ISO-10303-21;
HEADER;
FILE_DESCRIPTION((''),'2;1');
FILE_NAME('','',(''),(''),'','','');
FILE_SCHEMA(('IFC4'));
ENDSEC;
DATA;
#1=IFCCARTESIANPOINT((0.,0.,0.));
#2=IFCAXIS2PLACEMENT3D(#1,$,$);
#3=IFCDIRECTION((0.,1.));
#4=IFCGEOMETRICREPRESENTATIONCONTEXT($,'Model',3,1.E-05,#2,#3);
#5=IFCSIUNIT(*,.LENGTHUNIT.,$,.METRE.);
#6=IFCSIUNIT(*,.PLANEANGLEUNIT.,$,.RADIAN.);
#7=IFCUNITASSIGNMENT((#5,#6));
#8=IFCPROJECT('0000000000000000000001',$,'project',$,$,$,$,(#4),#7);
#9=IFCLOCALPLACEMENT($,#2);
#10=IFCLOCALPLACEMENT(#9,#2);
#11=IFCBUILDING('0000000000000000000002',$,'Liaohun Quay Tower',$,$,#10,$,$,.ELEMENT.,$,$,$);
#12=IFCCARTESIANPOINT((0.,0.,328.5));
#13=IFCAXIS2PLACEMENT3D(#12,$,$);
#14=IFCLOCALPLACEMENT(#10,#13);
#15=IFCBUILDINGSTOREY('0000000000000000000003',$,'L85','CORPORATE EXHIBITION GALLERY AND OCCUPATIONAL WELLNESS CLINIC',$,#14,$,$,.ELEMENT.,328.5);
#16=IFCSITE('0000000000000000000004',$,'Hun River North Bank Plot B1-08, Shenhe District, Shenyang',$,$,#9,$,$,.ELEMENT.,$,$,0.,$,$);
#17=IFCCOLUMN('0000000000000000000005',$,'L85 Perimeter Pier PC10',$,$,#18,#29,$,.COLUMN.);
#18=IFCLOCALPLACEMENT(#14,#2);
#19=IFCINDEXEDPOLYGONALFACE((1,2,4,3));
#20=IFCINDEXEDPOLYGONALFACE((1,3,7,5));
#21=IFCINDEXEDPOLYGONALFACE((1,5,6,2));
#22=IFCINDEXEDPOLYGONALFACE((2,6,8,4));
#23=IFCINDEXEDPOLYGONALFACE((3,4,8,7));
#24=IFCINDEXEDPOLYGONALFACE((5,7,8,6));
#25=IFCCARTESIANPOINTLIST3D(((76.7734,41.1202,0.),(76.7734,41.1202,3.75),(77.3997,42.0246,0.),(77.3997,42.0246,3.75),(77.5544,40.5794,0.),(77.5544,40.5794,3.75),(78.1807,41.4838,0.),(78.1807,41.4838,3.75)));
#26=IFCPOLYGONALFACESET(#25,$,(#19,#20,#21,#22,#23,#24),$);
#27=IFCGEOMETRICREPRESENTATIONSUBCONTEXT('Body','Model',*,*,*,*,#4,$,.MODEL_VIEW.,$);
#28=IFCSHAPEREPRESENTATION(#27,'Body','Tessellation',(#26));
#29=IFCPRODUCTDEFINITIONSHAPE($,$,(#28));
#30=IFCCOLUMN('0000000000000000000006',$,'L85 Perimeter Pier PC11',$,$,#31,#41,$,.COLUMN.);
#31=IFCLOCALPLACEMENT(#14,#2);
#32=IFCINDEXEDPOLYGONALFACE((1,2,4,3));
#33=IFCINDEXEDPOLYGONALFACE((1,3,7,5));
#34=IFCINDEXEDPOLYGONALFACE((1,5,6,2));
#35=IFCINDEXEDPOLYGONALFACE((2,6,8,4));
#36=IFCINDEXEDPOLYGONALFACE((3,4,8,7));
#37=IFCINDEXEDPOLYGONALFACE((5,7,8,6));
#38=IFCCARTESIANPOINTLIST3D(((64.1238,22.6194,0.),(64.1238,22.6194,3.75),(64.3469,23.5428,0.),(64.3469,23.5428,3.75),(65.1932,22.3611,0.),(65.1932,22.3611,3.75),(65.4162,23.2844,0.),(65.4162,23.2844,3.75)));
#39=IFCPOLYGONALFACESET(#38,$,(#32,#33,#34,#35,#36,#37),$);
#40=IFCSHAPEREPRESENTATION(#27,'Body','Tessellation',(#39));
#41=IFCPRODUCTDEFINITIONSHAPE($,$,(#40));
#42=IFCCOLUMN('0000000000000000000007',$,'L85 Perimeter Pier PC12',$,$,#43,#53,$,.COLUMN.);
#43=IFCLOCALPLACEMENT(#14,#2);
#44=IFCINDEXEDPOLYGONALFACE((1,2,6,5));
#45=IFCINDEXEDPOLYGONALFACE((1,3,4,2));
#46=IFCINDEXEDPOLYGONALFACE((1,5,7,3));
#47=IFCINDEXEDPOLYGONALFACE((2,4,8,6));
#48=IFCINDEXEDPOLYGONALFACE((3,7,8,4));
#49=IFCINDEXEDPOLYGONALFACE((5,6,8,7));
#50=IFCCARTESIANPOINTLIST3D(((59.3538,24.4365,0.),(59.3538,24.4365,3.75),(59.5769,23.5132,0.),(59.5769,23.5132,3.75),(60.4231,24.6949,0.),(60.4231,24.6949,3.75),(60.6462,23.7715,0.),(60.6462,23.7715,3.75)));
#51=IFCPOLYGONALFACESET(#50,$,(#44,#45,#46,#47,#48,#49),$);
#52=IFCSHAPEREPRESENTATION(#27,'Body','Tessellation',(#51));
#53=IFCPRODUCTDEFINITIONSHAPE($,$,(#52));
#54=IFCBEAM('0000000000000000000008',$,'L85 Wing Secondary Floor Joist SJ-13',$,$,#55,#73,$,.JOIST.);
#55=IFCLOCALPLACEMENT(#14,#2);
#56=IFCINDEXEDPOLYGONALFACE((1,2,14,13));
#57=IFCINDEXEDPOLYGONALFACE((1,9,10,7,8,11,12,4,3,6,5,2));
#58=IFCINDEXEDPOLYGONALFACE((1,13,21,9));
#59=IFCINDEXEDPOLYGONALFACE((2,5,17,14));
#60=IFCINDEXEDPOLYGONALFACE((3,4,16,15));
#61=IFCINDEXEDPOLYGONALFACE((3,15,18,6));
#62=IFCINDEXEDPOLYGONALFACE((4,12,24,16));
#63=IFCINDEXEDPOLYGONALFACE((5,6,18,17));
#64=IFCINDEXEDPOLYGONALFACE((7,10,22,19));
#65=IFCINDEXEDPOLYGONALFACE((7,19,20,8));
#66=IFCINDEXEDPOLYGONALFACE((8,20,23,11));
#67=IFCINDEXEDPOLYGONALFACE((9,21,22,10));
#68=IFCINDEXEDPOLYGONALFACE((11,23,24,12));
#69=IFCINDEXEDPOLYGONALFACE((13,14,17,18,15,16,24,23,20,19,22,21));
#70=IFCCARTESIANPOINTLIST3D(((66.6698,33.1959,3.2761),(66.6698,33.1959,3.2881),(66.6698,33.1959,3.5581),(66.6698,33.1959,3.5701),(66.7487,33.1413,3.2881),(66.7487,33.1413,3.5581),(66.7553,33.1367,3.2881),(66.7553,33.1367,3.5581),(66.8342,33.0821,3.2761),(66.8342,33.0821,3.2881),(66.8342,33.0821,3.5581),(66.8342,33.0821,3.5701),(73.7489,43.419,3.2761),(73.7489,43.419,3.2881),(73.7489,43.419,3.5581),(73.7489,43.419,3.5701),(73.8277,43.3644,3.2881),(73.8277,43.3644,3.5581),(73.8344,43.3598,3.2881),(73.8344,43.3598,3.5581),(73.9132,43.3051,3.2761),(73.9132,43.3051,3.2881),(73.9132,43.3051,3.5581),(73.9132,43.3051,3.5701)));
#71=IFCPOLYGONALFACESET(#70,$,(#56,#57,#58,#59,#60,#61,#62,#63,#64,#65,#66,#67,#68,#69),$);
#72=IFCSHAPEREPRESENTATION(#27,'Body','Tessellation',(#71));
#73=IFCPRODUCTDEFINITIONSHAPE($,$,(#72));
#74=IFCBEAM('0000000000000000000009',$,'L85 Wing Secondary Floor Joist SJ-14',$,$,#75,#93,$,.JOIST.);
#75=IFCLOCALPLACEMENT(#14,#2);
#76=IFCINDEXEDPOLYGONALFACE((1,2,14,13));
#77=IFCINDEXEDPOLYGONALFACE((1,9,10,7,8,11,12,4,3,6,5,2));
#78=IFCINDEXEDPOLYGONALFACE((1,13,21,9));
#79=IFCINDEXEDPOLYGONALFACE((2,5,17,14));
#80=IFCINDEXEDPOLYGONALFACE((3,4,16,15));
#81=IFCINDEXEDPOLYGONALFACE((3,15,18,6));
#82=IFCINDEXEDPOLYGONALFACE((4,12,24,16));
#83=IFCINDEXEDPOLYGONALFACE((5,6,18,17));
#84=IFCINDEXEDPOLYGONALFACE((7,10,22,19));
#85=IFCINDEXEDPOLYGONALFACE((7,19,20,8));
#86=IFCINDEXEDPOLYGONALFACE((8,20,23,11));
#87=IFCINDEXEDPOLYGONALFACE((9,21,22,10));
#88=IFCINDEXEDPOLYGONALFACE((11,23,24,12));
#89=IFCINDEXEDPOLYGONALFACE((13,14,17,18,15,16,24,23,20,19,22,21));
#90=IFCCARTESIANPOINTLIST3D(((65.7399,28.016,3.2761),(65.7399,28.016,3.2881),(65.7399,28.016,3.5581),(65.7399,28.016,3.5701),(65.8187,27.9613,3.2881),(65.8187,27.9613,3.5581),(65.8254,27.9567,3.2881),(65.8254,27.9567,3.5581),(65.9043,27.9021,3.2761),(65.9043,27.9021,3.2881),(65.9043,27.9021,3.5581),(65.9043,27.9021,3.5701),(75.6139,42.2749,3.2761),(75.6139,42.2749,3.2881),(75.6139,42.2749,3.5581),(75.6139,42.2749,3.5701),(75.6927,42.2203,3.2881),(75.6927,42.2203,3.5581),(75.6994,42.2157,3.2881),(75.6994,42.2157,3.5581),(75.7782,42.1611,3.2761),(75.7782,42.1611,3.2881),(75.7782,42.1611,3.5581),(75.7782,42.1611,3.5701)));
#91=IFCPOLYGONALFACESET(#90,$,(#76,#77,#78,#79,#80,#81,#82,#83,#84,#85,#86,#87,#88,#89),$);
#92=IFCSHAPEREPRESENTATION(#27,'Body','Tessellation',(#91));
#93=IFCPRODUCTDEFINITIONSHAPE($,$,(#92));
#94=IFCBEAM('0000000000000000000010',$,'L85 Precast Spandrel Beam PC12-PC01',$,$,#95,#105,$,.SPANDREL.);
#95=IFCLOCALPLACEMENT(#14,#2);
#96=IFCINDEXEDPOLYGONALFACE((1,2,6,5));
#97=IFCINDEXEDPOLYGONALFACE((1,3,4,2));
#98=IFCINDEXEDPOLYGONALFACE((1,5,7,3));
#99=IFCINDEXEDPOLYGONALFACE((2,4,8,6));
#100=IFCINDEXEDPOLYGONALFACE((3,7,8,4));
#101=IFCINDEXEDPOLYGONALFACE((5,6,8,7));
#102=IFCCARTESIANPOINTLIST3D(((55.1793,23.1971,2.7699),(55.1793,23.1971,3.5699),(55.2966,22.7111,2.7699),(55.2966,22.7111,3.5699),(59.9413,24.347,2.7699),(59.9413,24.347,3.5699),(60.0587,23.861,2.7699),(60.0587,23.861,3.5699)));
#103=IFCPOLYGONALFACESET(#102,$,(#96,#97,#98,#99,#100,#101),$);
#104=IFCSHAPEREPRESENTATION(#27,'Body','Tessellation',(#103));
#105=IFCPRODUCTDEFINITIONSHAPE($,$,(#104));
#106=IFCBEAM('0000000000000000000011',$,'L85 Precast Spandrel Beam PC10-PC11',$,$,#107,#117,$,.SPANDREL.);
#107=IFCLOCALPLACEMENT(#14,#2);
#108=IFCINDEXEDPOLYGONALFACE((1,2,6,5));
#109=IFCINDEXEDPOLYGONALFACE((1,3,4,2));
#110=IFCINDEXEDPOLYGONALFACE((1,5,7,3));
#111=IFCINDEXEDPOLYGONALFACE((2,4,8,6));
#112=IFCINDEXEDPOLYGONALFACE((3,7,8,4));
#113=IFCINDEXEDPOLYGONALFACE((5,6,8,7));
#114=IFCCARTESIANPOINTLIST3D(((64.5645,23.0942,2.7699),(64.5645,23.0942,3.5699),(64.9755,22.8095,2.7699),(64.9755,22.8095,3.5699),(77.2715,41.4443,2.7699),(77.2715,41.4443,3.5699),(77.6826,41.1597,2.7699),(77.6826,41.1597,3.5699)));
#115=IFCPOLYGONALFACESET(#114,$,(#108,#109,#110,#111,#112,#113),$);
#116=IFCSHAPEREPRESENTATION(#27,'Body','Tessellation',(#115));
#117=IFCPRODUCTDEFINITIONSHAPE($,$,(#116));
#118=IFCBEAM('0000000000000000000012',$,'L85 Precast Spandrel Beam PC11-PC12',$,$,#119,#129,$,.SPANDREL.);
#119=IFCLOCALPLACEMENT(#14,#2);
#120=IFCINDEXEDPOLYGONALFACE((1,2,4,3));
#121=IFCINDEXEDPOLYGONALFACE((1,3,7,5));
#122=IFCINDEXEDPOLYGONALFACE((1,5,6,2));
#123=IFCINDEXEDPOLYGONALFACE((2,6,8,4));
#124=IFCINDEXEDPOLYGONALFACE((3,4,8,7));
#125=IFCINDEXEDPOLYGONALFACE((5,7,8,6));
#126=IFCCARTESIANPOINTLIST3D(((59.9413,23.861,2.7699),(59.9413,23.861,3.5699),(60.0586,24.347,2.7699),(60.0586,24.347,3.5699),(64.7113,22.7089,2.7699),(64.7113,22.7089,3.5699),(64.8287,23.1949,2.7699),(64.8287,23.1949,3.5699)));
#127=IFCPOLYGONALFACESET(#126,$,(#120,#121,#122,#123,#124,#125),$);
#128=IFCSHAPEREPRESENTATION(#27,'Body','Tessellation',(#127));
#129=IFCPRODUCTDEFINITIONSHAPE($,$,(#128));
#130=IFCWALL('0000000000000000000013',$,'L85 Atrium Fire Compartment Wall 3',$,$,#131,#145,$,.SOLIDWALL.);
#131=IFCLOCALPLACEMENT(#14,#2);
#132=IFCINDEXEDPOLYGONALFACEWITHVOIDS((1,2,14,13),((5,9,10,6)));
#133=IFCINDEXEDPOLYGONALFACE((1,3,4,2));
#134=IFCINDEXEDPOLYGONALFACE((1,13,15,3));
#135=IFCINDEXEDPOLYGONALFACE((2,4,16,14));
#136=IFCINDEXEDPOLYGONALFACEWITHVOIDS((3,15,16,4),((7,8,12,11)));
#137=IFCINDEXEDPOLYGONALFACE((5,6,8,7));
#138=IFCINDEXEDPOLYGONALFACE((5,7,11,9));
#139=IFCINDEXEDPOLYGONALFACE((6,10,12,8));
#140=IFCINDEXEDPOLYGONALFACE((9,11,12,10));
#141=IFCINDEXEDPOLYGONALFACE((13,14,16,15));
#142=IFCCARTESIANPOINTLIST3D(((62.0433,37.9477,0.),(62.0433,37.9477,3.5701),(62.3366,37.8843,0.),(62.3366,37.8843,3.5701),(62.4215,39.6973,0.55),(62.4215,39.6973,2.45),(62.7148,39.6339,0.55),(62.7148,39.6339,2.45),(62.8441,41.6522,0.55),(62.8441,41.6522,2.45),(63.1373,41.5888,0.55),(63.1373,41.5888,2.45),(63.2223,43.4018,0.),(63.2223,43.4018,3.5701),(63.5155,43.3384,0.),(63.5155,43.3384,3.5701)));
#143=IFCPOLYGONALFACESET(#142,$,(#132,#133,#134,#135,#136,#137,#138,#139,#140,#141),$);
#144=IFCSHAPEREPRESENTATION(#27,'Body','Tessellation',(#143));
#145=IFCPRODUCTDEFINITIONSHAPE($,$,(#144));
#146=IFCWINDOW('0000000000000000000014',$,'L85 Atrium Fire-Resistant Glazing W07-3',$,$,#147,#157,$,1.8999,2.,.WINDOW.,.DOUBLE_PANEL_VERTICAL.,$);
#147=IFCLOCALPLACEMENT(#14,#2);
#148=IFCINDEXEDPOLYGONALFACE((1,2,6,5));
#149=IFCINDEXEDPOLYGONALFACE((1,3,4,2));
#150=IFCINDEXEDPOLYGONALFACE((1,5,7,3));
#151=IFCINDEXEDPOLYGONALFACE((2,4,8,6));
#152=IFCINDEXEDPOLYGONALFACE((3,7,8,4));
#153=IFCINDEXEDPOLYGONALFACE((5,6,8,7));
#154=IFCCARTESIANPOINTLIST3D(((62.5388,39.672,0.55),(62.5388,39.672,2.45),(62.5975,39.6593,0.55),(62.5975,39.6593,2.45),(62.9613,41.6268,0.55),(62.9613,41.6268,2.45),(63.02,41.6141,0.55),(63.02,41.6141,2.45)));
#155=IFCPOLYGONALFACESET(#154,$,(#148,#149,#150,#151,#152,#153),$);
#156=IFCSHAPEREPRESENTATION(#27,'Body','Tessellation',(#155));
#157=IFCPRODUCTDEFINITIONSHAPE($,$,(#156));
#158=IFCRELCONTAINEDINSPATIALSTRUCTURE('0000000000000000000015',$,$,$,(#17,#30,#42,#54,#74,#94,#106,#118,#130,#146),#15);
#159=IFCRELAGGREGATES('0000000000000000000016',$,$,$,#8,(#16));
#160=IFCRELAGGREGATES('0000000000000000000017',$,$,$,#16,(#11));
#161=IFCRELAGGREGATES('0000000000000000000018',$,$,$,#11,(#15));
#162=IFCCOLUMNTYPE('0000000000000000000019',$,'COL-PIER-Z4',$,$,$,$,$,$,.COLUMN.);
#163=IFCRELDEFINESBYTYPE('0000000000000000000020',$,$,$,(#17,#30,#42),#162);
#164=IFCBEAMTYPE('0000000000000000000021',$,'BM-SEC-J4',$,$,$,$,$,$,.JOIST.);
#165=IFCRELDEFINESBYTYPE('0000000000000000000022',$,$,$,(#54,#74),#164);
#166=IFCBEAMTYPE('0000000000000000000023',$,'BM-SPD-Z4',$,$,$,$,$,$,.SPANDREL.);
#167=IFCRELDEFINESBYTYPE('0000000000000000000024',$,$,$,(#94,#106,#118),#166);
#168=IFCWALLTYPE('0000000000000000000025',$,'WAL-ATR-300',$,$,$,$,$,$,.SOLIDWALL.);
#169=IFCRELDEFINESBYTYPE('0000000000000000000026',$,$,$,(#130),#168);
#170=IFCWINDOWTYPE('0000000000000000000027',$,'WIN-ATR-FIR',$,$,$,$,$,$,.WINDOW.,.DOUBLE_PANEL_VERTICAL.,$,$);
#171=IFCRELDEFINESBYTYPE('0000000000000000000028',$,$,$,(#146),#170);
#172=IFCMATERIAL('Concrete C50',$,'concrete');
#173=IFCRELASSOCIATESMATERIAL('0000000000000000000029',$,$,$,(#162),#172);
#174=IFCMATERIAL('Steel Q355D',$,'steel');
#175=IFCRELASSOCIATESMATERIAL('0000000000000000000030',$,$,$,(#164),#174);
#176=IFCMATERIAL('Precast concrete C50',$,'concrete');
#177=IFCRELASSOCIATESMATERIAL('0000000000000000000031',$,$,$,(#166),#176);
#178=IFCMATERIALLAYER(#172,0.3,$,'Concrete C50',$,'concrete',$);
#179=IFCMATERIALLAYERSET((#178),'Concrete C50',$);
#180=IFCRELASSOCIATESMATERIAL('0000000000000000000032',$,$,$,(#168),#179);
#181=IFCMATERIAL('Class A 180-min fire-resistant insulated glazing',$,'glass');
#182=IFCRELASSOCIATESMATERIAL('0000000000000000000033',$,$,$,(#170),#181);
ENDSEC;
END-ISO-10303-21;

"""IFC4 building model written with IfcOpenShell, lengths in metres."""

from ifc_helpers import new_model, si_unit, direction, frame, frame_2d, origin, origin_2d, place, context, subcontext, project, spatial, rectangle, i_section, extrude, source, transform, mapped, material, layer, layer_set, material_profile, profile_set, type_object, element, fill, save


model = new_model("IFC4")

# Units and contexts
model_context = context("Model", 3, precision=1e-05, world=origin(), true_north=direction((0.0, 1.0)))
body_context = subcontext(model_context, "Body", "Model", "MODEL_VIEW")
ifc_project = project(units=[si_unit("LENGTHUNIT", "METRE"), si_unit("PLANEANGLEUNIT", "RADIAN")], contexts=[model_context])

# Site, building, storey
site_placement = place(None, origin())
site = spatial("IfcSite", under=ifc_project, at=site_placement, Name="Hun River North Bank Plot B1-08, Shenhe District, Shenyang", CompositionType="ELEMENT", RefElevation=0.0)
building_placement = place(site_placement, origin())
building = spatial("IfcBuilding", under=site, at=building_placement, Name="Liaohun Quay Tower", CompositionType="ELEMENT")
storey_placement = place(building_placement, frame((0.0, 0.0, 328.5)))
storey = spatial("IfcBuildingStorey", under=building, at=storey_placement, Name="L85", Description="CORPORATE EXHIBITION GALLERY AND OCCUPATIONAL WELLNESS CLINIC", CompositionType="ELEMENT", Elevation=328.5)

# Columns
ifc_material_1 = material(Name="Concrete C50", Category="concrete")
ifc_material_profile_1 = material_profile(ifc_material_1, rectangle(XDim=1.1001, YDim=0.95, at=origin_2d()), Name="RC1100x950")
ifc_profile_set_1 = profile_set([ifc_material_profile_1], Name="Concrete C50")
column_type = type_object("IfcColumnType", Name="COL-PIER-Z4", PredefinedType="COLUMN", material=ifc_profile_set_1)
shared_shape_1 = source(origin(), body_context, "Body", "SweptSolid", [
    extrude(rectangle(XDim=1.1001, YDim=0.95, at=origin_2d()), origin(), (0.0, 0.0, 1.0), 3.75),
])
for number, where, z_axis, x_axis, name in (
    (1, (77.4771, 41.302, 0.0), (0.0, 0.0, 1.0), (0.56928, 0.822144, 0.0), "L85 Perimeter Pier PC10"),
    (2, (64.77, 22.9519, 0.0), (0.0, 0.0, 1.0), (-0.972043, 0.234803, 0.0), "L85 Perimeter Pier PC11"),
    (3, (60.0, 24.104, 0.0), (0.0, 0.0, 1.0), (0.972043, 0.234803, 0.0), "L85 Perimeter Pier PC12"),
):
    element("IfcColumn", number, at=place(storey_placement, frame(where, z_axis=z_axis, x_axis=x_axis)), inside=storey, type_object=column_type, Name=name, PredefinedType="COLUMN", context=body_context, shape_type="MappedRepresentation", body=[
        mapped(shared_shape_1, transform((0.0, 0.0, 0.0), x_axis=(1.0, 0.0, 0.0), y_axis=(0.0, 1.0, 0.0), z_axis=(0.0, 0.0, 1.0), scale=1.0)),
    ])

# Beams
ifc_material_2 = material(Name="Steel Q355D", Category="steel")
ifc_material_profile_2 = material_profile(ifc_material_2, i_section(OverallWidth=0.2, OverallDepth=0.2939, WebThickness=0.0081, FlangeThickness=0.012, at=origin_2d()), Name="HM294x200x8x12")
ifc_profile_set_2 = profile_set([ifc_material_profile_2], Name="Steel Q355D")
beam_type_1 = type_object("IfcBeamType", Name="BM-SEC-J4", PredefinedType="JOIST", material=ifc_profile_set_2)
shared_shape_2 = source(origin(), body_context, "Body", "SweptSolid", [
    extrude(i_section(OverallWidth=0.2, OverallDepth=0.2939, WebThickness=0.0081, FlangeThickness=0.012, at=origin_2d()), origin(), (0.0, 0.0, 1.0), 12.4348),
])
beam_1_placement = place(storey_placement, frame((73.8311, 43.3621, 3.4231), z_axis=(-0.569294, -0.822134, 0.0), x_axis=(0.822134, -0.569294, 0.0)))
element("IfcBeam", 4, at=beam_1_placement, inside=storey, type_object=beam_type_1, Name="L85 Wing Secondary Floor Joist SJ-13", PredefinedType="JOIST", context=body_context, shape_type="MappedRepresentation", body=[
    mapped(shared_shape_2, transform((0.0, 0.0, 0.0), x_axis=(1.0, 0.0, 0.0), y_axis=(0.0, 1.0, 0.0), z_axis=(0.0, 0.0, 1.0), scale=1.0)),
])
shared_shape_3 = source(origin(), body_context, "Body", "SweptSolid", [
    extrude(i_section(OverallWidth=0.2, OverallDepth=0.2939, WebThickness=0.0081, FlangeThickness=0.012, at=origin_2d()), origin(), (0.0, 0.0, 1.0), 17.344),
])
beam_2_placement = place(storey_placement, frame((75.696, 42.218, 3.4231), z_axis=(-0.569303, -0.822128, 0.0), x_axis=(0.822128, -0.569303, 0.0)))
element("IfcBeam", 5, at=beam_2_placement, inside=storey, type_object=beam_type_1, Name="L85 Wing Secondary Floor Joist SJ-14", PredefinedType="JOIST", context=body_context, shape_type="MappedRepresentation", body=[
    mapped(shared_shape_3, transform((0.0, 0.0, 0.0), x_axis=(1.0, 0.0, 0.0), y_axis=(0.0, 1.0, 0.0), z_axis=(0.0, 0.0, 1.0), scale=1.0)),
])
ifc_material_3 = material(Name="Precast concrete C50", Category="concrete")
ifc_material_profile_3 = material_profile(ifc_material_3, rectangle(XDim=0.5, YDim=0.8, at=origin_2d()), Name="RC500x800")
ifc_profile_set_3 = profile_set([ifc_material_profile_3], Name="Precast concrete C50")
beam_type_2 = type_object("IfcBeamType", Name="BM-SPD-Z4", PredefinedType="SPANDREL", material=ifc_profile_set_3)
shared_shape_4 = source(origin(), body_context, "Body", "SweptSolid", [
    extrude(rectangle(XDim=0.5, YDim=0.8, at=origin_2d()), origin(), (0.0, 0.0, 1.0), 4.8989),
])
beam_3_placement = place(storey_placement, frame((60.0, 24.104, 3.1699), z_axis=(-0.972061, -0.23473, 0.0), x_axis=(0.23473, -0.972061, 0.0)))
element("IfcBeam", 6, at=beam_3_placement, inside=storey, type_object=beam_type_2, Name="L85 Precast Spandrel Beam PC12-PC01", PredefinedType="SPANDREL", context=body_context, shape_type="MappedRepresentation", body=[
    mapped(shared_shape_4, transform((0.0, 0.0, 0.0), x_axis=(1.0, 0.0, 0.0), y_axis=(0.0, 1.0, 0.0), z_axis=(0.0, 0.0, 1.0), scale=1.0)),
])
shared_shape_5 = source(origin(), body_context, "Body", "SweptSolid", [
    extrude(rectangle(XDim=0.5, YDim=0.8, at=origin_2d()), origin(), (0.0, 0.0, 1.0), 22.3203),
])
beam_4_placement = place(storey_placement, frame((77.4771, 41.302, 3.1699), z_axis=(-0.569304, -0.822127, 0.0), x_axis=(0.822127, -0.569304, 0.0)))
element("IfcBeam", 7, at=beam_4_placement, inside=storey, type_object=beam_type_2, Name="L85 Precast Spandrel Beam PC10-PC11", PredefinedType="SPANDREL", context=body_context, shape_type="MappedRepresentation", body=[
    mapped(shared_shape_5, transform((0.0, 0.0, 0.0), x_axis=(1.0, 0.0, 0.0), y_axis=(0.0, 1.0, 0.0), z_axis=(0.0, 0.0, 1.0), scale=1.0)),
])
shared_shape_6 = source(origin(), body_context, "Body", "SweptSolid", [
    extrude(rectangle(XDim=0.5, YDim=0.8, at=origin_2d()), origin(), (0.0, 0.0, 1.0), 4.9072),
])
beam_5_placement = place(storey_placement, frame((64.77, 22.9519, 3.1699), z_axis=(-0.972049, 0.234778, 0.0), x_axis=(-0.234778, -0.972049, 0.0)))
element("IfcBeam", 8, at=beam_5_placement, inside=storey, type_object=beam_type_2, Name="L85 Precast Spandrel Beam PC11-PC12", PredefinedType="SPANDREL", context=body_context, shape_type="MappedRepresentation", body=[
    mapped(shared_shape_6, transform((0.0, 0.0, 0.0), x_axis=(1.0, 0.0, 0.0), y_axis=(0.0, 1.0, 0.0), z_axis=(0.0, 0.0, 1.0), scale=1.0)),
])

# Wall, opening, window
ifc_layer_1 = layer(ifc_material_1, 0.3, Name="Concrete C50", Category="concrete")
ifc_layer_set_1 = layer_set([ifc_layer_1], Name="Concrete C50")
wall_type_1 = type_object("IfcWallType", Name="WAL-ATR-300", PredefinedType="SOLIDWALL", material=ifc_layer_set_1)
wall_1_placement = place(storey_placement, frame((63.3689, 43.3701, 0.0), z_axis=(0.0, 0.0, 1.0), x_axis=(-0.21128, -0.977426, 0.0)))
wall_1 = element("IfcWall", 9, at=wall_1_placement, inside=storey, type_object=wall_type_1, Name="L85 Atrium Fire Compartment Wall 3", PredefinedType="SOLIDWALL", context=body_context, shape_type="SweptSolid", body=[
    extrude(rectangle(XDim=5.5801, YDim=0.3, at=frame_2d((2.79, 0.0))), origin(), (0.0, 0.0, 1.0), 3.5701),
])
shared_shape_7 = source(origin(), body_context, "Body", "SweptSolid", [
    extrude(rectangle(XDim=2.0, YDim=1.8999, at=frame_2d((1.0, 0.95))), frame((0.0, 0.1599, 0.0), z_axis=(0.0, -1.0, 0.0), x_axis=(1.0, 0.0, 0.0)), (0.0, 0.0, 1.0), 0.3201),
])
opening_1_placement = place(wall_1_placement, frame((1.79, 0.0, 0.55)))
opening_1 = element("IfcOpeningElement", 10, at=opening_1_placement, cuts=wall_1, PredefinedType="OPENING", context=body_context, shape_type="MappedRepresentation", body=[
    mapped(shared_shape_7, transform((0.0, 0.0, 0.0), x_axis=(1.0, 0.0, 0.0), y_axis=(0.0, 1.0, 0.0), z_axis=(0.0, 0.0, 1.0), scale=1.0)),
])
ifc_material_4 = material(Name="Class A 180-min fire-resistant insulated glazing", Category="glass")
window_type_1 = type_object("IfcWindowType", Name="WIN-ATR-FIR", PartitioningType="DOUBLE_PANEL_VERTICAL", PredefinedType="WINDOW", material=ifc_material_4)
shared_shape_8 = source(origin(), body_context, "Body", "SweptSolid", [
    extrude(rectangle(XDim=2.0, YDim=1.8999, at=frame_2d((1.0, 0.95))), frame((0.0, 0.03, 0.0), z_axis=(0.0, -1.0, 0.0), x_axis=(1.0, 0.0, 0.0)), (0.0, 0.0, 1.0), 0.0601),
])
window_1_placement = place(opening_1_placement, origin())
window_1 = element("IfcWindow", 11, at=window_1_placement, inside=storey, type_object=window_type_1, Name="L85 Atrium Fire-Resistant Glazing W07-3", OverallHeight=1.8999, OverallWidth=2.0, PartitioningType="DOUBLE_PANEL_VERTICAL", PredefinedType="WINDOW", context=body_context, shape_type="MappedRepresentation", body=[
    mapped(shared_shape_8, transform((0.0, 0.0, 0.0), x_axis=(1.0, 0.0, 0.0), y_axis=(0.0, 1.0, 0.0), z_axis=(0.0, 0.0, 1.0), scale=1.0)),
])
fill(opening_1, window_1)

save(model, "model.ifc")
